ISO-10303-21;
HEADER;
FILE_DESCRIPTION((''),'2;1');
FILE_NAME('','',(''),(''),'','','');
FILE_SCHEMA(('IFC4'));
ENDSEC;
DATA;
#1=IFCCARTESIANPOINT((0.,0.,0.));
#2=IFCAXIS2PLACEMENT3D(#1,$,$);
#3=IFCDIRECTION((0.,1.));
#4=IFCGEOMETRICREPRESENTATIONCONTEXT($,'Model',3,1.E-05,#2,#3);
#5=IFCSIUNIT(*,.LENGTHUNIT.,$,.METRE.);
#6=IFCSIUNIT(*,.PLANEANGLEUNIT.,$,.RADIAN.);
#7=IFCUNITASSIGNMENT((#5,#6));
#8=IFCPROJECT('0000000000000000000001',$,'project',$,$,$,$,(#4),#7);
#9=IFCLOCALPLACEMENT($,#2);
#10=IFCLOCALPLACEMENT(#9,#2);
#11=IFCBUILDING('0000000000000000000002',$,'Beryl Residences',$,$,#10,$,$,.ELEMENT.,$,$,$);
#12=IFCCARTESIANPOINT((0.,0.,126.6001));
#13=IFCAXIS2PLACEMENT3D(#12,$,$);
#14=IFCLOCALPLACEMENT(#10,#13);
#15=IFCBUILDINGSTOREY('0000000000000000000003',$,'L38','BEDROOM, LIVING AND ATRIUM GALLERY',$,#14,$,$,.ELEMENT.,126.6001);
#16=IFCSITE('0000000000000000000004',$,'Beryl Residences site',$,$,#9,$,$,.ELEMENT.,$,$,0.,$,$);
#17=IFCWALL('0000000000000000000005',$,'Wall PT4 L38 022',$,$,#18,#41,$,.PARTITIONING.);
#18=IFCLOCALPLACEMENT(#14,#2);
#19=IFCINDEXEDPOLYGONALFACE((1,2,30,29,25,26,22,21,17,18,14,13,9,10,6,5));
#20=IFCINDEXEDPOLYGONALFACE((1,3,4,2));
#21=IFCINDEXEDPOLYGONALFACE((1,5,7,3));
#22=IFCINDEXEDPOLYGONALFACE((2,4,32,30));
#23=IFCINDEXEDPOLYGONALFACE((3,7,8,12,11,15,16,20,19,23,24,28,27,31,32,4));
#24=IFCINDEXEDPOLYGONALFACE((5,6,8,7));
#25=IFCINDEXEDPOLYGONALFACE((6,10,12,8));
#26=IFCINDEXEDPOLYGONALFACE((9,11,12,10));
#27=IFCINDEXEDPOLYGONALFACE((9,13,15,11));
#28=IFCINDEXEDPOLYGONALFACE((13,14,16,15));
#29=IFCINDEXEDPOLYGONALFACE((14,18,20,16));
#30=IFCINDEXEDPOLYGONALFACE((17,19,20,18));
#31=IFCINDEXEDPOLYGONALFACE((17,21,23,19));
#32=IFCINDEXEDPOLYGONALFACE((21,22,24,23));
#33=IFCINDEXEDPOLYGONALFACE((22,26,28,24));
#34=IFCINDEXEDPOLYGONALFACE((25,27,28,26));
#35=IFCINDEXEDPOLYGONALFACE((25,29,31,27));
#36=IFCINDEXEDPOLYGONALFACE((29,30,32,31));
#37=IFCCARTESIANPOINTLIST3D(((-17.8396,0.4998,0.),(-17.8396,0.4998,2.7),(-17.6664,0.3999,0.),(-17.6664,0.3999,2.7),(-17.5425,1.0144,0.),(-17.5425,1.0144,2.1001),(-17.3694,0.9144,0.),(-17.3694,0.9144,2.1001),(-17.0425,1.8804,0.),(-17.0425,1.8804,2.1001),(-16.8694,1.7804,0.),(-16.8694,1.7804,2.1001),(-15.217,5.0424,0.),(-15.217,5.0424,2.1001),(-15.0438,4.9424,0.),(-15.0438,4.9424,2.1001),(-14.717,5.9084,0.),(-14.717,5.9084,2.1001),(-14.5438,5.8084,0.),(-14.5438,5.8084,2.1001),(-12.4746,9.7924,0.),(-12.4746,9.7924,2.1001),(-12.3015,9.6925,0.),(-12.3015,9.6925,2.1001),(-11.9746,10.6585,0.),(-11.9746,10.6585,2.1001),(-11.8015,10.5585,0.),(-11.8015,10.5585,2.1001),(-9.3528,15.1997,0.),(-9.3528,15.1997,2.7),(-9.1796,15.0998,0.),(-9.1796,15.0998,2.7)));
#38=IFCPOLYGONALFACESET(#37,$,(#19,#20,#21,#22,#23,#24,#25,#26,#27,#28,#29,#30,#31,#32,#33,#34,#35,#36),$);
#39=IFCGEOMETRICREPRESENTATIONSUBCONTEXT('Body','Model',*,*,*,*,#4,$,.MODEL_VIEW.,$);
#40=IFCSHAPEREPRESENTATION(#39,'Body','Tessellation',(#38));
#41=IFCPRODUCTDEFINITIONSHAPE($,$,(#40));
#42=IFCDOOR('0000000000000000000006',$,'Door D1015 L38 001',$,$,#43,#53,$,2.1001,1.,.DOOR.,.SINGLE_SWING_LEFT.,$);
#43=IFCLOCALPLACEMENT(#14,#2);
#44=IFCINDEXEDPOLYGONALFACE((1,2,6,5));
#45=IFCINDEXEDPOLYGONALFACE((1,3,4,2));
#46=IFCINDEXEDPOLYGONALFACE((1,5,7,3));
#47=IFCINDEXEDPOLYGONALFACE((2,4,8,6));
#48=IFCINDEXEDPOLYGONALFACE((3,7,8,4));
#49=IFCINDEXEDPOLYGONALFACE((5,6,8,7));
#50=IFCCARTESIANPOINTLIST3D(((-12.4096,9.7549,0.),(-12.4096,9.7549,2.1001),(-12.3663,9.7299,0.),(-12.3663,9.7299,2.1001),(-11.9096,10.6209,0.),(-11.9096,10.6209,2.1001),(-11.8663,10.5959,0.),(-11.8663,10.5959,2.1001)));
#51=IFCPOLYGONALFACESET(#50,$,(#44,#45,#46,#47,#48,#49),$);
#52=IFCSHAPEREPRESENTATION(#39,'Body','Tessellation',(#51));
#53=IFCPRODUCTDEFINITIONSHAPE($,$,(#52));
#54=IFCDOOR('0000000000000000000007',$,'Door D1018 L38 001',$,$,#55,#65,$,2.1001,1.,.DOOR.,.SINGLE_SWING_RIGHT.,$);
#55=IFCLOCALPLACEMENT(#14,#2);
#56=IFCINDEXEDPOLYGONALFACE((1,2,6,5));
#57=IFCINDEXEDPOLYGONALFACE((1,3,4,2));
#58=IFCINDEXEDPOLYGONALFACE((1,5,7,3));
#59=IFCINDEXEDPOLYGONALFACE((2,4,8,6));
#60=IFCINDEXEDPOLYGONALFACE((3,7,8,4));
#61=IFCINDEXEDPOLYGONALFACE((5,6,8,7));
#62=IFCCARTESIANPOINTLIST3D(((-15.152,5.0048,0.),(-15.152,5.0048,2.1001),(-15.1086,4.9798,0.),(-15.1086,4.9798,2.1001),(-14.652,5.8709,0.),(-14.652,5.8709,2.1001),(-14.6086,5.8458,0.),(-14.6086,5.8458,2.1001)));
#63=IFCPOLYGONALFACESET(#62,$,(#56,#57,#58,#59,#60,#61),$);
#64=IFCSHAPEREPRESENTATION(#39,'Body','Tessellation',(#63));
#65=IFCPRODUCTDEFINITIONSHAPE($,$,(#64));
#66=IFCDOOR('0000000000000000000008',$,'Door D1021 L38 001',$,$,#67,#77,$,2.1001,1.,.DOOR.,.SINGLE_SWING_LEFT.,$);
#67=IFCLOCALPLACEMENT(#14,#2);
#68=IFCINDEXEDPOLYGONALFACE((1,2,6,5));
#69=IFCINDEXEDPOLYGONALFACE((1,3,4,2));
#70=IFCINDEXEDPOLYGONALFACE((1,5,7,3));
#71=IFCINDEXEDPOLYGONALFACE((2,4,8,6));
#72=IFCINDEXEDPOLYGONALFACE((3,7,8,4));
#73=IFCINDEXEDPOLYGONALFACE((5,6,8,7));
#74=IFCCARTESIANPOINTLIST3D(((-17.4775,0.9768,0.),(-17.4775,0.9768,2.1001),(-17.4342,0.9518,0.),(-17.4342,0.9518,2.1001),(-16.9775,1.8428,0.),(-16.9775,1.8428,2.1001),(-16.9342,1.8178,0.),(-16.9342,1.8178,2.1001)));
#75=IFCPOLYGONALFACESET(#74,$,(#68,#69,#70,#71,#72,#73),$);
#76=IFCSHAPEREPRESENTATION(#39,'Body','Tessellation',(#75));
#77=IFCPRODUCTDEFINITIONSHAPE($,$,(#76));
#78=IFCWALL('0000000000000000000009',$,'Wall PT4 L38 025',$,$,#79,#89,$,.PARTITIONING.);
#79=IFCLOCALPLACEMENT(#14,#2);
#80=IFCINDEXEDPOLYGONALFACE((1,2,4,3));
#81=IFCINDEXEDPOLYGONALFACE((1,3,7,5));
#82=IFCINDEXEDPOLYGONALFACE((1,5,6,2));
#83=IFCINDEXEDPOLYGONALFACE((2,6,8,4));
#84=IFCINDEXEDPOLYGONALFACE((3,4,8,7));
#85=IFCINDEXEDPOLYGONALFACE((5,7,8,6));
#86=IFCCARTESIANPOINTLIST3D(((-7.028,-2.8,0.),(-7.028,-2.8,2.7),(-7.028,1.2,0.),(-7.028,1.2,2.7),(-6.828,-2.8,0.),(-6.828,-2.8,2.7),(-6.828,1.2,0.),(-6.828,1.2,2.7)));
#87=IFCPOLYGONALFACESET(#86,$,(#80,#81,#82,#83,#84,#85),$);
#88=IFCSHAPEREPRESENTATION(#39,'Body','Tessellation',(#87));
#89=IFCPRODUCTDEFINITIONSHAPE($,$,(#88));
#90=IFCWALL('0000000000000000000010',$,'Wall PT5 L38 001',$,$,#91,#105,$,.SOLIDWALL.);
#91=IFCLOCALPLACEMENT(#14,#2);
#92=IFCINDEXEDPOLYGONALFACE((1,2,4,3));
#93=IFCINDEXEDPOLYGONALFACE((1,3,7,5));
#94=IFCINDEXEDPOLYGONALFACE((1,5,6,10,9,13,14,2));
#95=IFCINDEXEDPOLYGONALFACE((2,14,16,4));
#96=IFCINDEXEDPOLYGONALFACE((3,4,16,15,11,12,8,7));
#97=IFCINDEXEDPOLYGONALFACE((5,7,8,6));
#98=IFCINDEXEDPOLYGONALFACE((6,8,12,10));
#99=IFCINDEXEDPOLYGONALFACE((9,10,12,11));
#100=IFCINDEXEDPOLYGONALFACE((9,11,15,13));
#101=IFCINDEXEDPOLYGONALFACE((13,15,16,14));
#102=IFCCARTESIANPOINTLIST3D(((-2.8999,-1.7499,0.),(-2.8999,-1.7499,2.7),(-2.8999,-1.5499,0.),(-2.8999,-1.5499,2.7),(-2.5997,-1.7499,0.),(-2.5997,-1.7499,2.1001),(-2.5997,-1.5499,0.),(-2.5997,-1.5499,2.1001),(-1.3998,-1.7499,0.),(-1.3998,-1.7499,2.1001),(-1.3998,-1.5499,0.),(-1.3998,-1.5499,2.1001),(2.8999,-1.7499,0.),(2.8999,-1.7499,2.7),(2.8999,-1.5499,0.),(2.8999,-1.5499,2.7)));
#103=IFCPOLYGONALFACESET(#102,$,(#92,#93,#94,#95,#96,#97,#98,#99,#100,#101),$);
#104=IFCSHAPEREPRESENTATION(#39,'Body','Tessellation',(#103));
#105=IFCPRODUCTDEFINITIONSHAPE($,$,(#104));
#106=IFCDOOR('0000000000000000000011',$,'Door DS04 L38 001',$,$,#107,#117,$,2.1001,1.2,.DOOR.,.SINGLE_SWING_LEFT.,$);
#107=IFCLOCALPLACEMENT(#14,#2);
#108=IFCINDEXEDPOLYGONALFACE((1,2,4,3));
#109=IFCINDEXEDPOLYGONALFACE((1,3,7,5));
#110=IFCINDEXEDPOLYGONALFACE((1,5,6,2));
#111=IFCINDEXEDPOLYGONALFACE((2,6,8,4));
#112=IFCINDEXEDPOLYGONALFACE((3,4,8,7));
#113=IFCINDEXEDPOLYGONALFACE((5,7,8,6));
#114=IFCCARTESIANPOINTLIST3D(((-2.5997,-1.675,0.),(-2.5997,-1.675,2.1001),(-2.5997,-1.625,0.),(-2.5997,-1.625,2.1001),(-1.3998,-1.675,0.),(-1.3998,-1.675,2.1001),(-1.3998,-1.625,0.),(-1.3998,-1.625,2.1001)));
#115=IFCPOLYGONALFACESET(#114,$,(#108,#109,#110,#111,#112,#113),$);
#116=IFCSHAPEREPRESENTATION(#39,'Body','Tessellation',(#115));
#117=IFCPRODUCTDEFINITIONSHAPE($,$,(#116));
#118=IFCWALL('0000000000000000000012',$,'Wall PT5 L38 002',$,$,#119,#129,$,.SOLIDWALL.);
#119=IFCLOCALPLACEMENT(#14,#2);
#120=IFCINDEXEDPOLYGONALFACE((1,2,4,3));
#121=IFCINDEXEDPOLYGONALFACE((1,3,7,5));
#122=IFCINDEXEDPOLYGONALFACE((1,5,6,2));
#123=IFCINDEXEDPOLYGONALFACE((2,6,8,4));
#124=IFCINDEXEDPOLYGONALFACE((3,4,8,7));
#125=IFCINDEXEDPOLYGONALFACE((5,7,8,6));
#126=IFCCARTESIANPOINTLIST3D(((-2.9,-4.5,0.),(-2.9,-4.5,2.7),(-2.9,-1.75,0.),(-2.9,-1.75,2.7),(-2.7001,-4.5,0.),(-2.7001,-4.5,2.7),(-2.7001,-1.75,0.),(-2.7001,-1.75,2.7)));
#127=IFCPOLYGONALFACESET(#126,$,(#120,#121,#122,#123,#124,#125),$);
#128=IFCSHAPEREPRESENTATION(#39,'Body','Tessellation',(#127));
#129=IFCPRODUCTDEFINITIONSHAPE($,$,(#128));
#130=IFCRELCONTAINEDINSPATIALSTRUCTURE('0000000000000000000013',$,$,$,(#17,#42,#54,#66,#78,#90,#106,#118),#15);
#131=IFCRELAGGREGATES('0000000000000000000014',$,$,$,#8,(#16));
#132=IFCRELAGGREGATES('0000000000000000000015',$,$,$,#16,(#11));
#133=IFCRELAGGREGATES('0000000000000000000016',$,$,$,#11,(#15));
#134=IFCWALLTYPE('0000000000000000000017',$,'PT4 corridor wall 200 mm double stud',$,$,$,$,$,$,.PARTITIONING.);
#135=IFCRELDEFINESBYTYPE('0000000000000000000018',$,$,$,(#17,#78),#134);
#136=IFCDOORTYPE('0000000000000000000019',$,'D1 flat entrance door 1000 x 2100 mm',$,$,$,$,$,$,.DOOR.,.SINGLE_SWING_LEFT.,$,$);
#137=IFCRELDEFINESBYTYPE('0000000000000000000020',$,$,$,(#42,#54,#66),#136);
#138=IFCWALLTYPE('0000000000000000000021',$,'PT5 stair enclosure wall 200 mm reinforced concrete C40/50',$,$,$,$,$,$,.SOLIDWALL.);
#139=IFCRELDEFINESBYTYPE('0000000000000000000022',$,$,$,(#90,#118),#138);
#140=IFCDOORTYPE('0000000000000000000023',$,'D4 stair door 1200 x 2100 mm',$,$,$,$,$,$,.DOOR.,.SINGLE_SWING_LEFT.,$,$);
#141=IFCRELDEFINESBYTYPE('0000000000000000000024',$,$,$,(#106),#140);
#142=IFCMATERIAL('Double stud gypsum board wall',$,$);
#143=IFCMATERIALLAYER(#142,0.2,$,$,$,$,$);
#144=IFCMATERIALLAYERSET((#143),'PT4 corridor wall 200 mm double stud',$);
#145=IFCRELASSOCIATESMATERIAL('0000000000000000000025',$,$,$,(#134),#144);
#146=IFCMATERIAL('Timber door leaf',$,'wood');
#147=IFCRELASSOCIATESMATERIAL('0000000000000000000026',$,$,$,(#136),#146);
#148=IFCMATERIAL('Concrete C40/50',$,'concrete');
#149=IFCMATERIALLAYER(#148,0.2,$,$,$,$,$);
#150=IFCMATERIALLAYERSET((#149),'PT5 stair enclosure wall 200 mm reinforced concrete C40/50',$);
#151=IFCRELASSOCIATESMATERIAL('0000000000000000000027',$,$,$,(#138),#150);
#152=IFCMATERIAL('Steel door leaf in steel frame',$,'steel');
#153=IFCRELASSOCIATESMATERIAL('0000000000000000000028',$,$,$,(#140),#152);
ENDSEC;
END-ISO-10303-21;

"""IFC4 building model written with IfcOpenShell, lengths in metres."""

from ifc_helpers import new_model, si_unit, direction, frame, frame_2d, origin, place, context, subcontext, project, spatial, rectangle, extrude, material, layer, layer_set, type_object, element, fill, save


model = new_model("IFC4")

# Units and contexts
model_context = context("Model", 3, precision=1e-05, world=origin(), true_north=direction((0.0, 1.0)))
body_context = subcontext(model_context, "Body", "Model", "MODEL_VIEW")
ifc_project = project(units=[si_unit("LENGTHUNIT", "METRE"), si_unit("PLANEANGLEUNIT", "RADIAN")], contexts=[model_context])

# Site, building, storey
site_placement = place(None, origin())
site = spatial("IfcSite", under=ifc_project, at=site_placement, Name="Beryl Residences site", CompositionType="ELEMENT", RefElevation=0.0)
building_placement = place(site_placement, origin())
building = spatial("IfcBuilding", under=site, at=building_placement, Name="Beryl Residences", CompositionType="ELEMENT")
storey_placement = place(building_placement, frame((0.0, 0.0, 126.6001)))
storey = spatial("IfcBuildingStorey", under=building, at=storey_placement, Name="L38", Description="BEDROOM, LIVING AND ATRIUM GALLERY", CompositionType="ELEMENT", Elevation=126.6001)

# Shared definitions
ifc_material_1 = material(Name="Double stud gypsum board wall")
ifc_layer_1 = layer(ifc_material_1, 0.2)
ifc_layer_set_1 = layer_set([ifc_layer_1], Name="PT4 corridor wall 200 mm double stud")
wall_type_1 = type_object("IfcWallType", Name="PT4 corridor wall 200 mm double stud", PredefinedType="PARTITIONING", material=ifc_layer_set_1)

# Wall, openings, doors
wall_1_placement = place(storey_placement, frame((-17.7529, 0.45, 0.0), z_axis=(0.0, 0.0, 1.0), x_axis=(0.499991, 0.866031, 0.0)))
wall_1 = element("IfcWall", 1, at=wall_1_placement, inside=storey, type_object=wall_type_1, Name="Wall PT4 L38 022", PredefinedType="PARTITIONING", context=body_context, shape_type="SweptSolid", body=[
    extrude(rectangle(XDim=16.9739, YDim=0.2, at=frame_2d((8.4868, 0.0))), origin(), (0.0, 0.0, 1.0), 2.7),
])
opening_1_placement = place(wall_1_placement, frame((10.73, 0.0, 0.0)))
opening_1 = element("IfcOpeningElement", 2, at=opening_1_placement, cuts=wall_1, PredefinedType="OPENING", context=body_context, shape_type="SweptSolid", body=[
    extrude(rectangle(XDim=1.0, YDim=2.1001, at=frame_2d((0.5, 1.05))), frame((0.0, 0.1099, 0.0), z_axis=(0.0, -1.0, 0.0), x_axis=(1.0, 0.0, 0.0)), (0.0, 0.0, 1.0), 0.22),
])
opening_2_placement = place(wall_1_placement, frame((5.2451, 0.0, 0.0)))
opening_2 = element("IfcOpeningElement", 3, at=opening_2_placement, cuts=wall_1, PredefinedType="OPENING", context=body_context, shape_type="SweptSolid", body=[
    extrude(rectangle(XDim=1.0, YDim=2.1001, at=frame_2d((0.5, 1.05))), frame((0.0, 0.1099, 0.0), z_axis=(0.0, -1.0, 0.0), x_axis=(1.0, 0.0, 0.0)), (0.0, 0.0, 1.0), 0.22),
])
opening_3_placement = place(wall_1_placement, frame((0.594, 0.0, 0.0)))
opening_3 = element("IfcOpeningElement", 4, at=opening_3_placement, cuts=wall_1, PredefinedType="OPENING", context=body_context, shape_type="SweptSolid", body=[
    extrude(rectangle(XDim=1.0, YDim=2.1001, at=frame_2d((0.5, 1.05))), frame((0.0, 0.1099, 0.0), z_axis=(0.0, -1.0, 0.0), x_axis=(1.0, 0.0, 0.0)), (0.0, 0.0, 1.0), 0.22),
])
ifc_material_2 = material(Name="Timber door leaf", Category="wood")
door_type_1 = type_object("IfcDoorType", Name="D1 flat entrance door 1000 x 2100 mm", OperationType="SINGLE_SWING_LEFT", PredefinedType="DOOR", material=ifc_material_2)
door_1_placement = place(opening_1_placement, origin())
door_1 = element("IfcDoor", 5, at=door_1_placement, inside=storey, type_object=door_type_1, Name="Door D1015 L38 001", OperationType="SINGLE_SWING_LEFT", OverallHeight=2.1001, OverallWidth=1.0, PredefinedType="DOOR", context=body_context, shape_type="SweptSolid", body=[
    extrude(rectangle(XDim=1.0, YDim=2.1001, at=frame_2d((0.5, 1.05))), frame((0.0, 0.0249, 0.0), z_axis=(0.0, -1.0, 0.0), x_axis=(1.0, 0.0, 0.0)), (0.0, 0.0, 1.0), 0.05),
])
fill(opening_1, door_1)
door_2_placement = place(opening_2_placement, origin())
door_2 = element("IfcDoor", 6, at=door_2_placement, inside=storey, type_object=door_type_1, Name="Door D1018 L38 001", OperationType="SINGLE_SWING_RIGHT", OverallHeight=2.1001, OverallWidth=1.0, PredefinedType="DOOR", context=body_context, shape_type="SweptSolid", body=[
    extrude(rectangle(XDim=1.0, YDim=2.1001, at=frame_2d((0.5, 1.05))), frame((0.0, 0.0249, 0.0), z_axis=(0.0, -1.0, 0.0), x_axis=(1.0, 0.0, 0.0)), (0.0, 0.0, 1.0), 0.05),
])
fill(opening_2, door_2)
door_3_placement = place(opening_3_placement, origin())
door_3 = element("IfcDoor", 7, at=door_3_placement, inside=storey, type_object=door_type_1, Name="Door D1021 L38 001", OperationType="SINGLE_SWING_LEFT", OverallHeight=2.1001, OverallWidth=1.0, PredefinedType="DOOR", context=body_context, shape_type="SweptSolid", body=[
    extrude(rectangle(XDim=1.0, YDim=2.1001, at=frame_2d((0.5, 1.05))), frame((0.0, 0.0249, 0.0), z_axis=(0.0, -1.0, 0.0), x_axis=(1.0, 0.0, 0.0)), (0.0, 0.0, 1.0), 0.05),
])
fill(opening_3, door_3)

# Wall
wall_2_placement = place(storey_placement, frame((-6.928, -2.8, 0.0), z_axis=(0.0, 0.0, 1.0), x_axis=(0.0, 1.0, 0.0)))
element("IfcWall", 8, at=wall_2_placement, inside=storey, type_object=wall_type_1, Name="Wall PT4 L38 025", PredefinedType="PARTITIONING", context=body_context, shape_type="SweptSolid", body=[
    extrude(rectangle(XDim=4.0, YDim=0.2, at=frame_2d((2.0, 0.0))), origin(), (0.0, 0.0, 1.0), 2.7),
])

# Wall, opening, door
ifc_material_3 = material(Name="Concrete C40/50", Category="concrete")
ifc_layer_2 = layer(ifc_material_3, 0.2)
ifc_layer_set_2 = layer_set([ifc_layer_2], Name="PT5 stair enclosure wall 200 mm reinforced concrete C40/50")
wall_type_2 = type_object("IfcWallType", Name="PT5 stair enclosure wall 200 mm reinforced concrete C40/50", PredefinedType="SOLIDWALL", material=ifc_layer_set_2)
wall_3_placement = place(storey_placement, frame((-2.8999, -1.6499, 0.0), z_axis=(0.0, 0.0, 1.0), x_axis=(1.0, 0.0, 0.0)))
wall_3 = element("IfcWall", 9, at=wall_3_placement, inside=storey, type_object=wall_type_2, Name="Wall PT5 L38 001", PredefinedType="SOLIDWALL", context=body_context, shape_type="SweptSolid", body=[
    extrude(rectangle(XDim=5.7998, YDim=0.2, at=frame_2d((2.8999, 0.0))), origin(), (0.0, 0.0, 1.0), 2.7),
])
opening_4_placement = place(wall_3_placement, frame((0.3, 0.0, 0.0)))
opening_4 = element("IfcOpeningElement", 10, at=opening_4_placement, cuts=wall_3, PredefinedType="OPENING", context=body_context, shape_type="SweptSolid", body=[
    extrude(rectangle(XDim=1.2, YDim=2.1001, at=frame_2d((0.6001, 1.05))), frame((0.0, 0.1099, 0.0), z_axis=(0.0, -1.0, 0.0), x_axis=(1.0, 0.0, 0.0)), (0.0, 0.0, 1.0), 0.22),
])
ifc_material_4 = material(Name="Steel door leaf in steel frame", Category="steel")
door_type_2 = type_object("IfcDoorType", Name="D4 stair door 1200 x 2100 mm", OperationType="SINGLE_SWING_LEFT", PredefinedType="DOOR", material=ifc_material_4)
door_4_placement = place(opening_4_placement, origin())
door_4 = element("IfcDoor", 11, at=door_4_placement, inside=storey, type_object=door_type_2, Name="Door DS04 L38 001", OperationType="SINGLE_SWING_LEFT", OverallHeight=2.1001, OverallWidth=1.2, PredefinedType="DOOR", context=body_context, shape_type="SweptSolid", body=[
    extrude(rectangle(XDim=1.2, YDim=2.1001, at=frame_2d((0.6001, 1.05))), frame((0.0, 0.0249, 0.0), z_axis=(0.0, -1.0, 0.0), x_axis=(1.0, 0.0, 0.0)), (0.0, 0.0, 1.0), 0.05),
])
fill(opening_4, door_4)

# Wall
wall_4_placement = place(storey_placement, frame((-2.8, -4.5, 0.0), z_axis=(0.0, 0.0, 1.0), x_axis=(0.0, 1.0, 0.0)))
element("IfcWall", 12, at=wall_4_placement, inside=storey, type_object=wall_type_2, Name="Wall PT5 L38 002", PredefinedType="SOLIDWALL", context=body_context, shape_type="SweptSolid", body=[
    extrude(rectangle(XDim=2.75, YDim=0.2, at=frame_2d((1.375, 0.0))), origin(), (0.0, 0.0, 1.0), 2.7),
])

save(model, "model.ifc")
